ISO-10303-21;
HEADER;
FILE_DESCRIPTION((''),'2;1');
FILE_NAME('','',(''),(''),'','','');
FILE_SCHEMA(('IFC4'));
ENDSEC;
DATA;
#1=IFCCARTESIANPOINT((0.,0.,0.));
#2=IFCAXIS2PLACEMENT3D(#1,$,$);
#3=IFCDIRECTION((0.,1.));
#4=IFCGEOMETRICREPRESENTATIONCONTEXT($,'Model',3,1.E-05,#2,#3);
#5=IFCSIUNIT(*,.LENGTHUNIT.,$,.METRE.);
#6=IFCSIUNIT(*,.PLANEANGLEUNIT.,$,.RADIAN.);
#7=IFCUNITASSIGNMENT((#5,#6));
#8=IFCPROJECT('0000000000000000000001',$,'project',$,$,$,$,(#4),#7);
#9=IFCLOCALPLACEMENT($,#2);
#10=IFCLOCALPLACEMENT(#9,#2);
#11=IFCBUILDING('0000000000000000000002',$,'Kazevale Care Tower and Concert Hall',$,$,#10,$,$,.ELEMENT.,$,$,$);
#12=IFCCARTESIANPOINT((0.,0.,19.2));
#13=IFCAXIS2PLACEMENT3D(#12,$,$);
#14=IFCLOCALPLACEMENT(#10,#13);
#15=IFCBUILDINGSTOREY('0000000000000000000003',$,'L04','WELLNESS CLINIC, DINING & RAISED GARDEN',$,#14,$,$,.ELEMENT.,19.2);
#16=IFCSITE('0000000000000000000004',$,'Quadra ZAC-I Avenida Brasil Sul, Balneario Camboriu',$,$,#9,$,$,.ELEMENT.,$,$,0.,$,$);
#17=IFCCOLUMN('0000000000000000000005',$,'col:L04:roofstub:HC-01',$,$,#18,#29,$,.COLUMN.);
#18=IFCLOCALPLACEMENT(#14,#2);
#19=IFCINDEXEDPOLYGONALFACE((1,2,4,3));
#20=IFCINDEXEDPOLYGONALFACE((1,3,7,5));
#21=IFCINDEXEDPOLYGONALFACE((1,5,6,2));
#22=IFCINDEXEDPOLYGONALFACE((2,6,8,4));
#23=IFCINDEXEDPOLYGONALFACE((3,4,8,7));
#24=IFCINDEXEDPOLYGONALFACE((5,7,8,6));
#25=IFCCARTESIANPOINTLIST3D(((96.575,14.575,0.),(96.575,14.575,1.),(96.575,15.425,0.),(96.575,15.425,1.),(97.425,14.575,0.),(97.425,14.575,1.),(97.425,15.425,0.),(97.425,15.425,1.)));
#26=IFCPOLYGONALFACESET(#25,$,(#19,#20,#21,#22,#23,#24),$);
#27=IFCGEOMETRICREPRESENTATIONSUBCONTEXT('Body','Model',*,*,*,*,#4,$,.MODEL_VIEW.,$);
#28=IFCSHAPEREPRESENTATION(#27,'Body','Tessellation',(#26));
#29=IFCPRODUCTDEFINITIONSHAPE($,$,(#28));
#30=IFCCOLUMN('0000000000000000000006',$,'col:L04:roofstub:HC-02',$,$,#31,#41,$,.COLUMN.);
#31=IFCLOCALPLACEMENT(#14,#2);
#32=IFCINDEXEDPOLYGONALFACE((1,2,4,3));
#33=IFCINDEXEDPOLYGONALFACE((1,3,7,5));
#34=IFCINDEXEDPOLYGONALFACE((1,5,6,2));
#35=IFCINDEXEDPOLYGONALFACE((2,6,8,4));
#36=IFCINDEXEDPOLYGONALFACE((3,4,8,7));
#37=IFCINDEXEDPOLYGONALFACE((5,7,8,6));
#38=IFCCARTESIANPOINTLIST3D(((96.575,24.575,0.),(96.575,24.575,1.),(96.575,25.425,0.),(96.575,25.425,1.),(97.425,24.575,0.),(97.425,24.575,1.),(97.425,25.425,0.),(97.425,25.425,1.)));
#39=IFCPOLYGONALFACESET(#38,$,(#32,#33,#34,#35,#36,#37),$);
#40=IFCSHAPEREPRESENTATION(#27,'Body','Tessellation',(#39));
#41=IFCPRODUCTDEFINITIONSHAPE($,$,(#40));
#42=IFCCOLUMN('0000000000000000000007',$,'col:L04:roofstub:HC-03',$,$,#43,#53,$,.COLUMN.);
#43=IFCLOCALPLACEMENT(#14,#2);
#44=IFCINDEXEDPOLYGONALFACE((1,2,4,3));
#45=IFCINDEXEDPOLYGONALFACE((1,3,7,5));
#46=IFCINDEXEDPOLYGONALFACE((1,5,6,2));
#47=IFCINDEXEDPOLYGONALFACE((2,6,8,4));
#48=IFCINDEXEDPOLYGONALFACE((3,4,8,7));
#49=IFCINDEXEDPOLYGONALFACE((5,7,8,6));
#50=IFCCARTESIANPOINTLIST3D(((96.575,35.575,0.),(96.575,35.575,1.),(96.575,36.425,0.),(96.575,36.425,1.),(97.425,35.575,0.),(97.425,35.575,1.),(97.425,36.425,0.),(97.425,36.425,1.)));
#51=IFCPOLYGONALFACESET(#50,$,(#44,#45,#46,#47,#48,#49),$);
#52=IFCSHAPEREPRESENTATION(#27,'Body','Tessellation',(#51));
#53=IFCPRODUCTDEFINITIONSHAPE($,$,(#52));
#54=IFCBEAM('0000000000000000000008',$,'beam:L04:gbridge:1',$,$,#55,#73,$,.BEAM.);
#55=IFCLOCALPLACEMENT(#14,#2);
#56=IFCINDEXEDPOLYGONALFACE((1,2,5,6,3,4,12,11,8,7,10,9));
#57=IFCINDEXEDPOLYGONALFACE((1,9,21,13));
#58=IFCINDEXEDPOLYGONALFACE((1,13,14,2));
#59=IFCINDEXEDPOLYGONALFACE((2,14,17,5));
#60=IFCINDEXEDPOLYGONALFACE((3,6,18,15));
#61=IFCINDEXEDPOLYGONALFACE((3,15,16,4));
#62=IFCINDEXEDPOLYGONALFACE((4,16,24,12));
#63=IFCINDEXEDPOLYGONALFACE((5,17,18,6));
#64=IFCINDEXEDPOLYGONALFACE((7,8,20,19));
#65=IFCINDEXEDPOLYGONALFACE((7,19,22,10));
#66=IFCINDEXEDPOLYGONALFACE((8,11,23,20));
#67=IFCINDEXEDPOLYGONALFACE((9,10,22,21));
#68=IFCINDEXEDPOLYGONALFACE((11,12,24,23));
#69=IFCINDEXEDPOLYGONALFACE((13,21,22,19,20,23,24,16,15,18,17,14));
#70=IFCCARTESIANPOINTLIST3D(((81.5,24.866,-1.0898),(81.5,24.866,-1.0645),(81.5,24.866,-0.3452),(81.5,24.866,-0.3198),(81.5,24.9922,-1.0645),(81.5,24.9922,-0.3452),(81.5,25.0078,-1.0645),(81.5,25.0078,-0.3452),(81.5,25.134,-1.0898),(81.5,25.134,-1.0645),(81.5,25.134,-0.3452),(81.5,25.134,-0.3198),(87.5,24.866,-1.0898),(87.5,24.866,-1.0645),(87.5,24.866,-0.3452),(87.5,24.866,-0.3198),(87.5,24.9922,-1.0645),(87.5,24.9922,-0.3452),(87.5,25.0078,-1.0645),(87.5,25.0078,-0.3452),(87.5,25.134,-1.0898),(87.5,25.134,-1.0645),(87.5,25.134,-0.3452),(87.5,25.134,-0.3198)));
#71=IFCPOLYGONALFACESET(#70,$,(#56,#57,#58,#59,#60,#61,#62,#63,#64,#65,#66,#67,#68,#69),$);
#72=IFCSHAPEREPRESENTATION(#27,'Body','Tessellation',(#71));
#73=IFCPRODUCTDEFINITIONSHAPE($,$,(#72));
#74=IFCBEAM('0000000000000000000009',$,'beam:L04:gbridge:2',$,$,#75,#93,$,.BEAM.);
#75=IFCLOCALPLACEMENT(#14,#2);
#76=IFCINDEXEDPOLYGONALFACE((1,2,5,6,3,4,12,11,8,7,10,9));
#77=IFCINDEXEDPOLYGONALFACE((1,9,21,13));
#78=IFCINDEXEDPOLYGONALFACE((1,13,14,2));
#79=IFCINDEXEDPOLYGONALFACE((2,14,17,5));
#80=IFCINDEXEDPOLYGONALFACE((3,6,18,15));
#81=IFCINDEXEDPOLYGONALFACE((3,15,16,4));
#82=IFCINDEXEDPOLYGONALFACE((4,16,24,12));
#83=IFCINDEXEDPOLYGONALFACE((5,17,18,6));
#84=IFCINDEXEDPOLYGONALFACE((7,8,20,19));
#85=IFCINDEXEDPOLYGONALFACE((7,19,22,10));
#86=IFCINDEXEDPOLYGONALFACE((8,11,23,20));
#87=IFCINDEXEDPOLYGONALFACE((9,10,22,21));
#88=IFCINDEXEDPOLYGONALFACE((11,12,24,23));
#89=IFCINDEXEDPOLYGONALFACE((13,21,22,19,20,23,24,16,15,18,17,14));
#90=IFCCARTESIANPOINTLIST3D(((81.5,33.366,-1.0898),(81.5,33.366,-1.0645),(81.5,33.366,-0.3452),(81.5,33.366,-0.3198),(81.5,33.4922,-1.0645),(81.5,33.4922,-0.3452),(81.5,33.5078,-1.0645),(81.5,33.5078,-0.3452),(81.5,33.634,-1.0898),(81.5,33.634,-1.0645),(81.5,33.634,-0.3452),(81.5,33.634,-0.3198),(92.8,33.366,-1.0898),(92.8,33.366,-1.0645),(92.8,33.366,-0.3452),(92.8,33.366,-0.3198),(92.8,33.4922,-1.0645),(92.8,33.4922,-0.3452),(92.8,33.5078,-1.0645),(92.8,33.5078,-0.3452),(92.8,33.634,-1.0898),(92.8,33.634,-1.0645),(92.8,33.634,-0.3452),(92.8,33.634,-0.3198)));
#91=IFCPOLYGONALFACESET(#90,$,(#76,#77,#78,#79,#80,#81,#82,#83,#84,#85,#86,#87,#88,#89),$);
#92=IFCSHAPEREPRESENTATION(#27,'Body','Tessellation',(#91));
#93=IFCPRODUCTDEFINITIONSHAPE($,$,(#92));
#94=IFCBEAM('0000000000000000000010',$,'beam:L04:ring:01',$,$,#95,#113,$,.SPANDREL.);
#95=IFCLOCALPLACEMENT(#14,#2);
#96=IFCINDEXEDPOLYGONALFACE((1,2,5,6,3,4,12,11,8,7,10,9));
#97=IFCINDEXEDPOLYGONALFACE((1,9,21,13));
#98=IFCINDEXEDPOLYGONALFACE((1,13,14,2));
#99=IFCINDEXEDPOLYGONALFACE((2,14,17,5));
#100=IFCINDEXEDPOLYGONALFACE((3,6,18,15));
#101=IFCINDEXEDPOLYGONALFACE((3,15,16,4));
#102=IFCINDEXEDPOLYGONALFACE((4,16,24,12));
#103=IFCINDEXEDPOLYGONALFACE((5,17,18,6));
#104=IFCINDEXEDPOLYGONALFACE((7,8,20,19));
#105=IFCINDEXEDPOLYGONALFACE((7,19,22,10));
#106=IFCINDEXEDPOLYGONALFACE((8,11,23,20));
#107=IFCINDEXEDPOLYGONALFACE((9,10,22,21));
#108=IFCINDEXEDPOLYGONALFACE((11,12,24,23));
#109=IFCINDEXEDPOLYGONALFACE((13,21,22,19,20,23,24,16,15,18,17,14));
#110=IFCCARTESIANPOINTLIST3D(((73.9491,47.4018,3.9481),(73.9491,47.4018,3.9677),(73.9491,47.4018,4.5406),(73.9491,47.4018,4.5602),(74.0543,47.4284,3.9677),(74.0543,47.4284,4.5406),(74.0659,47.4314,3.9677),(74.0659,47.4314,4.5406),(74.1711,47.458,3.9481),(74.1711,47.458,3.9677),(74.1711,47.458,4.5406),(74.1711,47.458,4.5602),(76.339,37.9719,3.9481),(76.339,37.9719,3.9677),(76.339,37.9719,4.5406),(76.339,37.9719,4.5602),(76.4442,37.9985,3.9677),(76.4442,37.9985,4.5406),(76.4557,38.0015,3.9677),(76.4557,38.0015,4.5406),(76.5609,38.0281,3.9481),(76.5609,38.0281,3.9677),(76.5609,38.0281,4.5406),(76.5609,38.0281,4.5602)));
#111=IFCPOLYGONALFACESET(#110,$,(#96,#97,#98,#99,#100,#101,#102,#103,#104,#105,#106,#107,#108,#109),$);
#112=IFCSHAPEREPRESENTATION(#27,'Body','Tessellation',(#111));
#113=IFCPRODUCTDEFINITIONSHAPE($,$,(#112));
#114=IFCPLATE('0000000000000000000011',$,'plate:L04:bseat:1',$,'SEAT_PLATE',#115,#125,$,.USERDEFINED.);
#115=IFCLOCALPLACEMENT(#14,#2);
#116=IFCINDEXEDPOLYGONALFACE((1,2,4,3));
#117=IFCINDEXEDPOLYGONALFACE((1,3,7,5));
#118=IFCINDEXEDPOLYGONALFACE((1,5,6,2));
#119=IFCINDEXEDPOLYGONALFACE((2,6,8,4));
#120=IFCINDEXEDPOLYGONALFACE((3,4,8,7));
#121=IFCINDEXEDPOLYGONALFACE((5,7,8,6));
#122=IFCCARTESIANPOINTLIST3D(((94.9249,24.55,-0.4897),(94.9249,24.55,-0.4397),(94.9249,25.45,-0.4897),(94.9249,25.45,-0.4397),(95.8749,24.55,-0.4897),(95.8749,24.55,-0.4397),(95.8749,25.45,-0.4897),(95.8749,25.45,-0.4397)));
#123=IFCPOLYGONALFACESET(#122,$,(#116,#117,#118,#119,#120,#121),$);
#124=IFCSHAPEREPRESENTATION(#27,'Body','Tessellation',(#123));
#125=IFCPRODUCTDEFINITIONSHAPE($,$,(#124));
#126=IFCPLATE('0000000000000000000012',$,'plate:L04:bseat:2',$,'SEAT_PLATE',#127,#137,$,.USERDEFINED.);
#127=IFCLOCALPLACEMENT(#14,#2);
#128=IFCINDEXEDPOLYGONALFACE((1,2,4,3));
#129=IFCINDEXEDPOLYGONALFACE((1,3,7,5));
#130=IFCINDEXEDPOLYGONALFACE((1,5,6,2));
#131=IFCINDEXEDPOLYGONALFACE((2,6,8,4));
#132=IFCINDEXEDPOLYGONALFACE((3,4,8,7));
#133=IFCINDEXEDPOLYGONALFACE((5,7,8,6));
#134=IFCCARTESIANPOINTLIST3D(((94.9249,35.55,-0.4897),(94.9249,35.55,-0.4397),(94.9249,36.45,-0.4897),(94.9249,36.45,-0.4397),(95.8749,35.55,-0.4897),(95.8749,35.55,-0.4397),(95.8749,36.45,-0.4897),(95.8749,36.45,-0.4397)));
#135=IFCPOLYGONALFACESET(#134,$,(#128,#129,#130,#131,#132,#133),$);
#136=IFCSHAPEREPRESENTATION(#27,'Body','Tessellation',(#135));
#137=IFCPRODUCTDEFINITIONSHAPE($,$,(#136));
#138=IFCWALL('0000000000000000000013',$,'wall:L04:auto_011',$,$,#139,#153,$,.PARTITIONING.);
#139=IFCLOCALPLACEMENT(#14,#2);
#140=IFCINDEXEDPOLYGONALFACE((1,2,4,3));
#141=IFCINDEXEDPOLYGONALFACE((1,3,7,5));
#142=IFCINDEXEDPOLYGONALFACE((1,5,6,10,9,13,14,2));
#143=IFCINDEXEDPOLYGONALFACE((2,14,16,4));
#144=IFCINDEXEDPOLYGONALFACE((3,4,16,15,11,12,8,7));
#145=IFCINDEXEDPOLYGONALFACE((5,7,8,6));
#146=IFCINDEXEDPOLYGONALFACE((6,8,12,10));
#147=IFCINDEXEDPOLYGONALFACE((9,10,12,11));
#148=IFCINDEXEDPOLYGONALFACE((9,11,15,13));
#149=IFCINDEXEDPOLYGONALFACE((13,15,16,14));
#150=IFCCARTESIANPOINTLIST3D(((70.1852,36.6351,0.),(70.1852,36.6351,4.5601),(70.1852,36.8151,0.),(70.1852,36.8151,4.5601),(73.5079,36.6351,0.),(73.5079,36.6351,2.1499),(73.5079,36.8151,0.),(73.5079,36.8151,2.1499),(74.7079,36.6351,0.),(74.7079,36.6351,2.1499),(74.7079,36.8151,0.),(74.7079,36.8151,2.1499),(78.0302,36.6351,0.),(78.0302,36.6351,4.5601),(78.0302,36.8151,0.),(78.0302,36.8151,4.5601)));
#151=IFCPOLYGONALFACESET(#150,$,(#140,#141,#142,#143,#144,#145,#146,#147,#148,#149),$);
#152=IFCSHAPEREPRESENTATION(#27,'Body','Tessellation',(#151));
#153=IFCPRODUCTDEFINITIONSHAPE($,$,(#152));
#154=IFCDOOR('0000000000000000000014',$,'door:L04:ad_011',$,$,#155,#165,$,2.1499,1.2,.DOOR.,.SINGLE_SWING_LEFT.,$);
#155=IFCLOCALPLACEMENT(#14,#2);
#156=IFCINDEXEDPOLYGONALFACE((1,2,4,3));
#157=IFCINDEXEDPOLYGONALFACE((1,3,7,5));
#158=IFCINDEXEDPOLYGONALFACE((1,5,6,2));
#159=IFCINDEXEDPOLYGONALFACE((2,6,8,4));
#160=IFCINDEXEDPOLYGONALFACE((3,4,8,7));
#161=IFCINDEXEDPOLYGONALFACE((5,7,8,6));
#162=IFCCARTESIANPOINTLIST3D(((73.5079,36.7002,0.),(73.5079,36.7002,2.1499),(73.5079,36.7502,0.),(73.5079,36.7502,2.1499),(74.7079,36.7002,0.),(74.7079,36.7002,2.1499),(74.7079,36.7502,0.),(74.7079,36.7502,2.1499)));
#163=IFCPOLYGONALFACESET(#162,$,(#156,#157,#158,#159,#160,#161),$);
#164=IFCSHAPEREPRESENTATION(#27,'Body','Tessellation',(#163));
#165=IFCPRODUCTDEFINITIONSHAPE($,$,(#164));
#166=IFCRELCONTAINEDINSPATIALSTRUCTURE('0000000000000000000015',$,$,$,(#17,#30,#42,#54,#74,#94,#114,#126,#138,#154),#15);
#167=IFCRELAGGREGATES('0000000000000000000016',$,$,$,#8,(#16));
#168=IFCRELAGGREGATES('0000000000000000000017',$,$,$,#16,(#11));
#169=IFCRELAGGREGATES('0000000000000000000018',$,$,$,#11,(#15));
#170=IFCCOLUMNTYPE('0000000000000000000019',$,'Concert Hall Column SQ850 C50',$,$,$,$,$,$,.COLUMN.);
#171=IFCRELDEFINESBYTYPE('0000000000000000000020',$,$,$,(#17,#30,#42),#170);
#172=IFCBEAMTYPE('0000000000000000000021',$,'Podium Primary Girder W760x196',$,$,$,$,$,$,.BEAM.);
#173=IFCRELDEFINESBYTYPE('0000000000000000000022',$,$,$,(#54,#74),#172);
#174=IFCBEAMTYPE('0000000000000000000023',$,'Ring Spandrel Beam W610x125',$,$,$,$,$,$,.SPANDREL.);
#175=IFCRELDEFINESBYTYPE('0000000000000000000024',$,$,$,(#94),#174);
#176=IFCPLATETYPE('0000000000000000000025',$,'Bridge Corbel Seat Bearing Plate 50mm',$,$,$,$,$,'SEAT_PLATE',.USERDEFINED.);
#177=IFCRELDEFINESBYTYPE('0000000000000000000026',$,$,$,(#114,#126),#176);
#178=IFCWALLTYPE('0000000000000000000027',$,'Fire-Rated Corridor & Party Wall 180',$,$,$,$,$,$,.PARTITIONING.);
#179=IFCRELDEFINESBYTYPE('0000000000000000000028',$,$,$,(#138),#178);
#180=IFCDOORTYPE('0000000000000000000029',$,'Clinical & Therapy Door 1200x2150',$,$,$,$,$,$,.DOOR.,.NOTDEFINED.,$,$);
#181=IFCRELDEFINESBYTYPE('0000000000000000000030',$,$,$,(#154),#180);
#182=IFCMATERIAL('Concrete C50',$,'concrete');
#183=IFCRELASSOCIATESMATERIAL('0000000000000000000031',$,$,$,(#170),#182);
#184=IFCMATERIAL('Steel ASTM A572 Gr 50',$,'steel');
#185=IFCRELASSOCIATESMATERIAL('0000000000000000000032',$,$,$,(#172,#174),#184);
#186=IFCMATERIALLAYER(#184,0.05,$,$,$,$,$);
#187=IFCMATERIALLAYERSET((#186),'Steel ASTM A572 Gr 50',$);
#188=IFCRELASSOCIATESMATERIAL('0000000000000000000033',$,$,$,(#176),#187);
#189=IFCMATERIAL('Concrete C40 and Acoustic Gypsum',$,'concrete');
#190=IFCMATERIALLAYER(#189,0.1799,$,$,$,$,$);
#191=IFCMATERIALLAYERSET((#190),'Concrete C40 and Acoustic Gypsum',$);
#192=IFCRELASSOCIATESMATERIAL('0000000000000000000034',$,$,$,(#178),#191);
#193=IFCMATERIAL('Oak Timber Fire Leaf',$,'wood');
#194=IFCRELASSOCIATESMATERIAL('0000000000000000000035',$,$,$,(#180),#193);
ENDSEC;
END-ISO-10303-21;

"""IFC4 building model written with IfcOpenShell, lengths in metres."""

from ifc_helpers import new_model, si_unit, direction, frame, frame_2d, origin, origin_2d, place, context, subcontext, project, spatial, rectangle, i_section, extrude, material, layer, layer_set, material_profile, profile_set, type_object, element, fill, save


model = new_model("IFC4")

# Units and contexts
model_context = context("Model", 3, precision=1e-05, world=origin(), true_north=direction((0.0, 1.0)))
body_context = subcontext(model_context, "Body", "Model", "MODEL_VIEW")
ifc_project = project(units=[si_unit("LENGTHUNIT", "METRE"), si_unit("PLANEANGLEUNIT", "RADIAN")], contexts=[model_context])

# Site, building, storey
site_placement = place(None, origin())
site = spatial("IfcSite", under=ifc_project, at=site_placement, Name="Quadra ZAC-I Avenida Brasil Sul, Balneario Camboriu", CompositionType="ELEMENT", RefElevation=0.0)
building_placement = place(site_placement, origin())
building = spatial("IfcBuilding", under=site, at=building_placement, Name="Kazevale Care Tower and Concert Hall", CompositionType="ELEMENT")
storey_placement = place(building_placement, frame((0.0, 0.0, 19.2)))
storey = spatial("IfcBuildingStorey", under=building, at=storey_placement, Name="L04", Description="WELLNESS CLINIC, DINING & RAISED GARDEN", CompositionType="ELEMENT", Elevation=19.2)

# Columns
ifc_material_1 = material(Name="Concrete C50", Category="concrete")
ifc_material_profile_1 = material_profile(ifc_material_1, rectangle(XDim=0.8501, YDim=0.8501, at=origin_2d()), Name="RC-SQ850")
ifc_profile_set_1 = profile_set([ifc_material_profile_1], Name="Concrete C50")
column_type = type_object("IfcColumnType", Name="Concert Hall Column SQ850 C50", PredefinedType="COLUMN", material=ifc_profile_set_1)
for number, where, z_axis, x_axis, name in (
    (1, (97.0, 15.0, 0.0), (0.0, 0.0, 1.0), (1.0, 0.0, 0.0), "col:L04:roofstub:HC-01"),
    (2, (97.0, 25.0, 0.0), (0.0, 0.0, 1.0), (1.0, 0.0, 0.0), "col:L04:roofstub:HC-02"),
    (3, (97.0, 36.0, 0.0), (0.0, 0.0, 1.0), (1.0, 0.0, 0.0), "col:L04:roofstub:HC-03"),
):
    element("IfcColumn", number, at=place(storey_placement, frame(where, z_axis=z_axis, x_axis=x_axis)), inside=storey, type_object=column_type, Name=name, PredefinedType="COLUMN", context=body_context, shape_type="SweptSolid", body=[
        extrude(rectangle(XDim=0.8501, YDim=0.8501, at=origin_2d()), origin(), (0.0, 0.0, 1.0), 1.0),
    ])

# Beams
ifc_material_2 = material(Name="Steel ASTM A572 Gr 50", Category="steel")
ifc_material_profile_2 = material_profile(ifc_material_2, i_section(OverallWidth=0.2681, OverallDepth=0.77, WebThickness=0.0156, FlangeThickness=0.0254, at=origin_2d()), Name="W760x196")
ifc_profile_set_2 = profile_set([ifc_material_profile_2], Name="Steel ASTM A572 Gr 50")
beam_type_1 = type_object("IfcBeamType", Name="Podium Primary Girder W760x196", PredefinedType="BEAM", material=ifc_profile_set_2)
beam_1_placement = place(storey_placement, frame((81.5, 25.0, -0.7048), z_axis=(1.0, 0.0, 0.0), x_axis=(0.0, 1.0, 0.0)))
element("IfcBeam", 4, at=beam_1_placement, inside=storey, type_object=beam_type_1, Name="beam:L04:gbridge:1", PredefinedType="BEAM", context=body_context, shape_type="SweptSolid", body=[
    extrude(i_section(OverallWidth=0.2681, OverallDepth=0.77, WebThickness=0.0156, FlangeThickness=0.0254, at=origin_2d()), origin(), (0.0, 0.0, 1.0), 6.0),
])
beam_2_placement = place(storey_placement, frame((81.5, 33.5, -0.7048), z_axis=(1.0, 0.0, 0.0), x_axis=(0.0, 1.0, 0.0)))
element("IfcBeam", 5, at=beam_2_placement, inside=storey, type_object=beam_type_1, Name="beam:L04:gbridge:2", PredefinedType="BEAM", context=body_context, shape_type="SweptSolid", body=[
    extrude(i_section(OverallWidth=0.2681, OverallDepth=0.77, WebThickness=0.0156, FlangeThickness=0.0254, at=origin_2d()), origin(), (0.0, 0.0, 1.0), 11.3),
])
ifc_material_profile_3 = material_profile(ifc_material_2, i_section(OverallWidth=0.229, OverallDepth=0.6121, WebThickness=0.012, FlangeThickness=0.0195, at=origin_2d()), Name="W610x125")
ifc_profile_set_3 = profile_set([ifc_material_profile_3], Name="Steel ASTM A572 Gr 50")
beam_type_2 = type_object("IfcBeamType", Name="Ring Spandrel Beam W610x125", PredefinedType="SPANDREL", material=ifc_profile_set_3)
beam_3_placement = place(storey_placement, frame((76.45, 38.0, 4.2542), z_axis=(-0.24567, 0.969354, 0.0), x_axis=(-0.969354, -0.24567, 0.0)))
element("IfcBeam", 6, at=beam_3_placement, inside=storey, type_object=beam_type_2, Name="beam:L04:ring:01", PredefinedType="SPANDREL", context=body_context, shape_type="SweptSolid", body=[
    extrude(i_section(OverallWidth=0.229, OverallDepth=0.6121, WebThickness=0.012, FlangeThickness=0.0195, at=origin_2d()), origin(), (0.0, 0.0, 1.0), 9.728),
])

# Plates
ifc_layer_1 = layer(ifc_material_2, 0.05)
ifc_layer_set_1 = layer_set([ifc_layer_1], Name="Steel ASTM A572 Gr 50")
plate_type = type_object("IfcPlateType", Name="Bridge Corbel Seat Bearing Plate 50mm", ElementType="SEAT_PLATE", PredefinedType="USERDEFINED", material=ifc_layer_set_1)
for number, where, z_axis, x_axis, name in (
    (7, (95.3999, 25.0, -0.4897), (0.0, 0.0, 1.0), (1.0, 0.0, 0.0), "plate:L04:bseat:1"),
    (8, (95.3999, 36.0, -0.4897), (0.0, 0.0, 1.0), (1.0, 0.0, 0.0), "plate:L04:bseat:2"),
):
    element("IfcPlate", number, at=place(storey_placement, frame(where, z_axis=z_axis, x_axis=x_axis)), inside=storey, type_object=plate_type, Name=name, ObjectType="SEAT_PLATE", PredefinedType="USERDEFINED", context=body_context, shape_type="SweptSolid", body=[
        extrude(rectangle(XDim=0.95, YDim=0.8999, at=origin_2d()), origin(), (0.0, 0.0, 1.0), 0.05),
    ])

# Wall, opening, door
ifc_material_3 = material(Name="Concrete C40 and Acoustic Gypsum", Category="concrete")
ifc_layer_2 = layer(ifc_material_3, 0.1799)
ifc_layer_set_2 = layer_set([ifc_layer_2], Name="Concrete C40 and Acoustic Gypsum")
wall_type_1 = type_object("IfcWallType", Name="Fire-Rated Corridor & Party Wall 180", PredefinedType="PARTITIONING", material=ifc_layer_set_2)
wall_1_placement = place(storey_placement, frame((78.03, 36.7251, 0.0), z_axis=(0.0, 0.0, 1.0), x_axis=(-1.0, 0.0, 0.0)))
wall_1 = element("IfcWall", 9, at=wall_1_placement, inside=storey, type_object=wall_type_1, Name="wall:L04:auto_011", PredefinedType="PARTITIONING", context=body_context, shape_type="SweptSolid", body=[
    extrude(rectangle(XDim=7.845, YDim=0.1799, at=frame_2d((3.9224, 0.0))), origin(), (0.0, 0.0, 1.0), 4.5601),
])
opening_1_placement = place(wall_1_placement, frame((3.322, 0.0, 0.0)))
opening_1 = element("IfcOpeningElement", 10, at=opening_1_placement, cuts=wall_1, PredefinedType="OPENING", context=body_context, shape_type="SweptSolid", body=[
    extrude(rectangle(XDim=1.2, YDim=2.1499, at=frame_2d((0.6001, 1.075))), frame((0.0, 0.0999, 0.0), z_axis=(0.0, -1.0, 0.0), x_axis=(1.0, 0.0, 0.0)), (0.0, 0.0, 1.0), 0.2),
])
ifc_material_4 = material(Name="Oak Timber Fire Leaf", Category="wood")
door_type_1 = type_object("IfcDoorType", Name="Clinical & Therapy Door 1200x2150", OperationType="NOTDEFINED", PredefinedType="DOOR", material=ifc_material_4)
door_1_placement = place(opening_1_placement, origin())
door_1 = element("IfcDoor", 11, at=door_1_placement, inside=storey, type_object=door_type_1, Name="door:L04:ad_011", OperationType="SINGLE_SWING_LEFT", OverallHeight=2.1499, OverallWidth=1.2, PredefinedType="DOOR", context=body_context, shape_type="SweptSolid", body=[
    extrude(rectangle(XDim=1.2, YDim=2.1499, at=frame_2d((0.6001, 1.075))), frame((0.0, 0.0249, 0.0), z_axis=(0.0, -1.0, 0.0), x_axis=(1.0, 0.0, 0.0)), (0.0, 0.0, 1.0), 0.05),
])
fill(opening_1, door_1)

save(model, "model.ifc")
